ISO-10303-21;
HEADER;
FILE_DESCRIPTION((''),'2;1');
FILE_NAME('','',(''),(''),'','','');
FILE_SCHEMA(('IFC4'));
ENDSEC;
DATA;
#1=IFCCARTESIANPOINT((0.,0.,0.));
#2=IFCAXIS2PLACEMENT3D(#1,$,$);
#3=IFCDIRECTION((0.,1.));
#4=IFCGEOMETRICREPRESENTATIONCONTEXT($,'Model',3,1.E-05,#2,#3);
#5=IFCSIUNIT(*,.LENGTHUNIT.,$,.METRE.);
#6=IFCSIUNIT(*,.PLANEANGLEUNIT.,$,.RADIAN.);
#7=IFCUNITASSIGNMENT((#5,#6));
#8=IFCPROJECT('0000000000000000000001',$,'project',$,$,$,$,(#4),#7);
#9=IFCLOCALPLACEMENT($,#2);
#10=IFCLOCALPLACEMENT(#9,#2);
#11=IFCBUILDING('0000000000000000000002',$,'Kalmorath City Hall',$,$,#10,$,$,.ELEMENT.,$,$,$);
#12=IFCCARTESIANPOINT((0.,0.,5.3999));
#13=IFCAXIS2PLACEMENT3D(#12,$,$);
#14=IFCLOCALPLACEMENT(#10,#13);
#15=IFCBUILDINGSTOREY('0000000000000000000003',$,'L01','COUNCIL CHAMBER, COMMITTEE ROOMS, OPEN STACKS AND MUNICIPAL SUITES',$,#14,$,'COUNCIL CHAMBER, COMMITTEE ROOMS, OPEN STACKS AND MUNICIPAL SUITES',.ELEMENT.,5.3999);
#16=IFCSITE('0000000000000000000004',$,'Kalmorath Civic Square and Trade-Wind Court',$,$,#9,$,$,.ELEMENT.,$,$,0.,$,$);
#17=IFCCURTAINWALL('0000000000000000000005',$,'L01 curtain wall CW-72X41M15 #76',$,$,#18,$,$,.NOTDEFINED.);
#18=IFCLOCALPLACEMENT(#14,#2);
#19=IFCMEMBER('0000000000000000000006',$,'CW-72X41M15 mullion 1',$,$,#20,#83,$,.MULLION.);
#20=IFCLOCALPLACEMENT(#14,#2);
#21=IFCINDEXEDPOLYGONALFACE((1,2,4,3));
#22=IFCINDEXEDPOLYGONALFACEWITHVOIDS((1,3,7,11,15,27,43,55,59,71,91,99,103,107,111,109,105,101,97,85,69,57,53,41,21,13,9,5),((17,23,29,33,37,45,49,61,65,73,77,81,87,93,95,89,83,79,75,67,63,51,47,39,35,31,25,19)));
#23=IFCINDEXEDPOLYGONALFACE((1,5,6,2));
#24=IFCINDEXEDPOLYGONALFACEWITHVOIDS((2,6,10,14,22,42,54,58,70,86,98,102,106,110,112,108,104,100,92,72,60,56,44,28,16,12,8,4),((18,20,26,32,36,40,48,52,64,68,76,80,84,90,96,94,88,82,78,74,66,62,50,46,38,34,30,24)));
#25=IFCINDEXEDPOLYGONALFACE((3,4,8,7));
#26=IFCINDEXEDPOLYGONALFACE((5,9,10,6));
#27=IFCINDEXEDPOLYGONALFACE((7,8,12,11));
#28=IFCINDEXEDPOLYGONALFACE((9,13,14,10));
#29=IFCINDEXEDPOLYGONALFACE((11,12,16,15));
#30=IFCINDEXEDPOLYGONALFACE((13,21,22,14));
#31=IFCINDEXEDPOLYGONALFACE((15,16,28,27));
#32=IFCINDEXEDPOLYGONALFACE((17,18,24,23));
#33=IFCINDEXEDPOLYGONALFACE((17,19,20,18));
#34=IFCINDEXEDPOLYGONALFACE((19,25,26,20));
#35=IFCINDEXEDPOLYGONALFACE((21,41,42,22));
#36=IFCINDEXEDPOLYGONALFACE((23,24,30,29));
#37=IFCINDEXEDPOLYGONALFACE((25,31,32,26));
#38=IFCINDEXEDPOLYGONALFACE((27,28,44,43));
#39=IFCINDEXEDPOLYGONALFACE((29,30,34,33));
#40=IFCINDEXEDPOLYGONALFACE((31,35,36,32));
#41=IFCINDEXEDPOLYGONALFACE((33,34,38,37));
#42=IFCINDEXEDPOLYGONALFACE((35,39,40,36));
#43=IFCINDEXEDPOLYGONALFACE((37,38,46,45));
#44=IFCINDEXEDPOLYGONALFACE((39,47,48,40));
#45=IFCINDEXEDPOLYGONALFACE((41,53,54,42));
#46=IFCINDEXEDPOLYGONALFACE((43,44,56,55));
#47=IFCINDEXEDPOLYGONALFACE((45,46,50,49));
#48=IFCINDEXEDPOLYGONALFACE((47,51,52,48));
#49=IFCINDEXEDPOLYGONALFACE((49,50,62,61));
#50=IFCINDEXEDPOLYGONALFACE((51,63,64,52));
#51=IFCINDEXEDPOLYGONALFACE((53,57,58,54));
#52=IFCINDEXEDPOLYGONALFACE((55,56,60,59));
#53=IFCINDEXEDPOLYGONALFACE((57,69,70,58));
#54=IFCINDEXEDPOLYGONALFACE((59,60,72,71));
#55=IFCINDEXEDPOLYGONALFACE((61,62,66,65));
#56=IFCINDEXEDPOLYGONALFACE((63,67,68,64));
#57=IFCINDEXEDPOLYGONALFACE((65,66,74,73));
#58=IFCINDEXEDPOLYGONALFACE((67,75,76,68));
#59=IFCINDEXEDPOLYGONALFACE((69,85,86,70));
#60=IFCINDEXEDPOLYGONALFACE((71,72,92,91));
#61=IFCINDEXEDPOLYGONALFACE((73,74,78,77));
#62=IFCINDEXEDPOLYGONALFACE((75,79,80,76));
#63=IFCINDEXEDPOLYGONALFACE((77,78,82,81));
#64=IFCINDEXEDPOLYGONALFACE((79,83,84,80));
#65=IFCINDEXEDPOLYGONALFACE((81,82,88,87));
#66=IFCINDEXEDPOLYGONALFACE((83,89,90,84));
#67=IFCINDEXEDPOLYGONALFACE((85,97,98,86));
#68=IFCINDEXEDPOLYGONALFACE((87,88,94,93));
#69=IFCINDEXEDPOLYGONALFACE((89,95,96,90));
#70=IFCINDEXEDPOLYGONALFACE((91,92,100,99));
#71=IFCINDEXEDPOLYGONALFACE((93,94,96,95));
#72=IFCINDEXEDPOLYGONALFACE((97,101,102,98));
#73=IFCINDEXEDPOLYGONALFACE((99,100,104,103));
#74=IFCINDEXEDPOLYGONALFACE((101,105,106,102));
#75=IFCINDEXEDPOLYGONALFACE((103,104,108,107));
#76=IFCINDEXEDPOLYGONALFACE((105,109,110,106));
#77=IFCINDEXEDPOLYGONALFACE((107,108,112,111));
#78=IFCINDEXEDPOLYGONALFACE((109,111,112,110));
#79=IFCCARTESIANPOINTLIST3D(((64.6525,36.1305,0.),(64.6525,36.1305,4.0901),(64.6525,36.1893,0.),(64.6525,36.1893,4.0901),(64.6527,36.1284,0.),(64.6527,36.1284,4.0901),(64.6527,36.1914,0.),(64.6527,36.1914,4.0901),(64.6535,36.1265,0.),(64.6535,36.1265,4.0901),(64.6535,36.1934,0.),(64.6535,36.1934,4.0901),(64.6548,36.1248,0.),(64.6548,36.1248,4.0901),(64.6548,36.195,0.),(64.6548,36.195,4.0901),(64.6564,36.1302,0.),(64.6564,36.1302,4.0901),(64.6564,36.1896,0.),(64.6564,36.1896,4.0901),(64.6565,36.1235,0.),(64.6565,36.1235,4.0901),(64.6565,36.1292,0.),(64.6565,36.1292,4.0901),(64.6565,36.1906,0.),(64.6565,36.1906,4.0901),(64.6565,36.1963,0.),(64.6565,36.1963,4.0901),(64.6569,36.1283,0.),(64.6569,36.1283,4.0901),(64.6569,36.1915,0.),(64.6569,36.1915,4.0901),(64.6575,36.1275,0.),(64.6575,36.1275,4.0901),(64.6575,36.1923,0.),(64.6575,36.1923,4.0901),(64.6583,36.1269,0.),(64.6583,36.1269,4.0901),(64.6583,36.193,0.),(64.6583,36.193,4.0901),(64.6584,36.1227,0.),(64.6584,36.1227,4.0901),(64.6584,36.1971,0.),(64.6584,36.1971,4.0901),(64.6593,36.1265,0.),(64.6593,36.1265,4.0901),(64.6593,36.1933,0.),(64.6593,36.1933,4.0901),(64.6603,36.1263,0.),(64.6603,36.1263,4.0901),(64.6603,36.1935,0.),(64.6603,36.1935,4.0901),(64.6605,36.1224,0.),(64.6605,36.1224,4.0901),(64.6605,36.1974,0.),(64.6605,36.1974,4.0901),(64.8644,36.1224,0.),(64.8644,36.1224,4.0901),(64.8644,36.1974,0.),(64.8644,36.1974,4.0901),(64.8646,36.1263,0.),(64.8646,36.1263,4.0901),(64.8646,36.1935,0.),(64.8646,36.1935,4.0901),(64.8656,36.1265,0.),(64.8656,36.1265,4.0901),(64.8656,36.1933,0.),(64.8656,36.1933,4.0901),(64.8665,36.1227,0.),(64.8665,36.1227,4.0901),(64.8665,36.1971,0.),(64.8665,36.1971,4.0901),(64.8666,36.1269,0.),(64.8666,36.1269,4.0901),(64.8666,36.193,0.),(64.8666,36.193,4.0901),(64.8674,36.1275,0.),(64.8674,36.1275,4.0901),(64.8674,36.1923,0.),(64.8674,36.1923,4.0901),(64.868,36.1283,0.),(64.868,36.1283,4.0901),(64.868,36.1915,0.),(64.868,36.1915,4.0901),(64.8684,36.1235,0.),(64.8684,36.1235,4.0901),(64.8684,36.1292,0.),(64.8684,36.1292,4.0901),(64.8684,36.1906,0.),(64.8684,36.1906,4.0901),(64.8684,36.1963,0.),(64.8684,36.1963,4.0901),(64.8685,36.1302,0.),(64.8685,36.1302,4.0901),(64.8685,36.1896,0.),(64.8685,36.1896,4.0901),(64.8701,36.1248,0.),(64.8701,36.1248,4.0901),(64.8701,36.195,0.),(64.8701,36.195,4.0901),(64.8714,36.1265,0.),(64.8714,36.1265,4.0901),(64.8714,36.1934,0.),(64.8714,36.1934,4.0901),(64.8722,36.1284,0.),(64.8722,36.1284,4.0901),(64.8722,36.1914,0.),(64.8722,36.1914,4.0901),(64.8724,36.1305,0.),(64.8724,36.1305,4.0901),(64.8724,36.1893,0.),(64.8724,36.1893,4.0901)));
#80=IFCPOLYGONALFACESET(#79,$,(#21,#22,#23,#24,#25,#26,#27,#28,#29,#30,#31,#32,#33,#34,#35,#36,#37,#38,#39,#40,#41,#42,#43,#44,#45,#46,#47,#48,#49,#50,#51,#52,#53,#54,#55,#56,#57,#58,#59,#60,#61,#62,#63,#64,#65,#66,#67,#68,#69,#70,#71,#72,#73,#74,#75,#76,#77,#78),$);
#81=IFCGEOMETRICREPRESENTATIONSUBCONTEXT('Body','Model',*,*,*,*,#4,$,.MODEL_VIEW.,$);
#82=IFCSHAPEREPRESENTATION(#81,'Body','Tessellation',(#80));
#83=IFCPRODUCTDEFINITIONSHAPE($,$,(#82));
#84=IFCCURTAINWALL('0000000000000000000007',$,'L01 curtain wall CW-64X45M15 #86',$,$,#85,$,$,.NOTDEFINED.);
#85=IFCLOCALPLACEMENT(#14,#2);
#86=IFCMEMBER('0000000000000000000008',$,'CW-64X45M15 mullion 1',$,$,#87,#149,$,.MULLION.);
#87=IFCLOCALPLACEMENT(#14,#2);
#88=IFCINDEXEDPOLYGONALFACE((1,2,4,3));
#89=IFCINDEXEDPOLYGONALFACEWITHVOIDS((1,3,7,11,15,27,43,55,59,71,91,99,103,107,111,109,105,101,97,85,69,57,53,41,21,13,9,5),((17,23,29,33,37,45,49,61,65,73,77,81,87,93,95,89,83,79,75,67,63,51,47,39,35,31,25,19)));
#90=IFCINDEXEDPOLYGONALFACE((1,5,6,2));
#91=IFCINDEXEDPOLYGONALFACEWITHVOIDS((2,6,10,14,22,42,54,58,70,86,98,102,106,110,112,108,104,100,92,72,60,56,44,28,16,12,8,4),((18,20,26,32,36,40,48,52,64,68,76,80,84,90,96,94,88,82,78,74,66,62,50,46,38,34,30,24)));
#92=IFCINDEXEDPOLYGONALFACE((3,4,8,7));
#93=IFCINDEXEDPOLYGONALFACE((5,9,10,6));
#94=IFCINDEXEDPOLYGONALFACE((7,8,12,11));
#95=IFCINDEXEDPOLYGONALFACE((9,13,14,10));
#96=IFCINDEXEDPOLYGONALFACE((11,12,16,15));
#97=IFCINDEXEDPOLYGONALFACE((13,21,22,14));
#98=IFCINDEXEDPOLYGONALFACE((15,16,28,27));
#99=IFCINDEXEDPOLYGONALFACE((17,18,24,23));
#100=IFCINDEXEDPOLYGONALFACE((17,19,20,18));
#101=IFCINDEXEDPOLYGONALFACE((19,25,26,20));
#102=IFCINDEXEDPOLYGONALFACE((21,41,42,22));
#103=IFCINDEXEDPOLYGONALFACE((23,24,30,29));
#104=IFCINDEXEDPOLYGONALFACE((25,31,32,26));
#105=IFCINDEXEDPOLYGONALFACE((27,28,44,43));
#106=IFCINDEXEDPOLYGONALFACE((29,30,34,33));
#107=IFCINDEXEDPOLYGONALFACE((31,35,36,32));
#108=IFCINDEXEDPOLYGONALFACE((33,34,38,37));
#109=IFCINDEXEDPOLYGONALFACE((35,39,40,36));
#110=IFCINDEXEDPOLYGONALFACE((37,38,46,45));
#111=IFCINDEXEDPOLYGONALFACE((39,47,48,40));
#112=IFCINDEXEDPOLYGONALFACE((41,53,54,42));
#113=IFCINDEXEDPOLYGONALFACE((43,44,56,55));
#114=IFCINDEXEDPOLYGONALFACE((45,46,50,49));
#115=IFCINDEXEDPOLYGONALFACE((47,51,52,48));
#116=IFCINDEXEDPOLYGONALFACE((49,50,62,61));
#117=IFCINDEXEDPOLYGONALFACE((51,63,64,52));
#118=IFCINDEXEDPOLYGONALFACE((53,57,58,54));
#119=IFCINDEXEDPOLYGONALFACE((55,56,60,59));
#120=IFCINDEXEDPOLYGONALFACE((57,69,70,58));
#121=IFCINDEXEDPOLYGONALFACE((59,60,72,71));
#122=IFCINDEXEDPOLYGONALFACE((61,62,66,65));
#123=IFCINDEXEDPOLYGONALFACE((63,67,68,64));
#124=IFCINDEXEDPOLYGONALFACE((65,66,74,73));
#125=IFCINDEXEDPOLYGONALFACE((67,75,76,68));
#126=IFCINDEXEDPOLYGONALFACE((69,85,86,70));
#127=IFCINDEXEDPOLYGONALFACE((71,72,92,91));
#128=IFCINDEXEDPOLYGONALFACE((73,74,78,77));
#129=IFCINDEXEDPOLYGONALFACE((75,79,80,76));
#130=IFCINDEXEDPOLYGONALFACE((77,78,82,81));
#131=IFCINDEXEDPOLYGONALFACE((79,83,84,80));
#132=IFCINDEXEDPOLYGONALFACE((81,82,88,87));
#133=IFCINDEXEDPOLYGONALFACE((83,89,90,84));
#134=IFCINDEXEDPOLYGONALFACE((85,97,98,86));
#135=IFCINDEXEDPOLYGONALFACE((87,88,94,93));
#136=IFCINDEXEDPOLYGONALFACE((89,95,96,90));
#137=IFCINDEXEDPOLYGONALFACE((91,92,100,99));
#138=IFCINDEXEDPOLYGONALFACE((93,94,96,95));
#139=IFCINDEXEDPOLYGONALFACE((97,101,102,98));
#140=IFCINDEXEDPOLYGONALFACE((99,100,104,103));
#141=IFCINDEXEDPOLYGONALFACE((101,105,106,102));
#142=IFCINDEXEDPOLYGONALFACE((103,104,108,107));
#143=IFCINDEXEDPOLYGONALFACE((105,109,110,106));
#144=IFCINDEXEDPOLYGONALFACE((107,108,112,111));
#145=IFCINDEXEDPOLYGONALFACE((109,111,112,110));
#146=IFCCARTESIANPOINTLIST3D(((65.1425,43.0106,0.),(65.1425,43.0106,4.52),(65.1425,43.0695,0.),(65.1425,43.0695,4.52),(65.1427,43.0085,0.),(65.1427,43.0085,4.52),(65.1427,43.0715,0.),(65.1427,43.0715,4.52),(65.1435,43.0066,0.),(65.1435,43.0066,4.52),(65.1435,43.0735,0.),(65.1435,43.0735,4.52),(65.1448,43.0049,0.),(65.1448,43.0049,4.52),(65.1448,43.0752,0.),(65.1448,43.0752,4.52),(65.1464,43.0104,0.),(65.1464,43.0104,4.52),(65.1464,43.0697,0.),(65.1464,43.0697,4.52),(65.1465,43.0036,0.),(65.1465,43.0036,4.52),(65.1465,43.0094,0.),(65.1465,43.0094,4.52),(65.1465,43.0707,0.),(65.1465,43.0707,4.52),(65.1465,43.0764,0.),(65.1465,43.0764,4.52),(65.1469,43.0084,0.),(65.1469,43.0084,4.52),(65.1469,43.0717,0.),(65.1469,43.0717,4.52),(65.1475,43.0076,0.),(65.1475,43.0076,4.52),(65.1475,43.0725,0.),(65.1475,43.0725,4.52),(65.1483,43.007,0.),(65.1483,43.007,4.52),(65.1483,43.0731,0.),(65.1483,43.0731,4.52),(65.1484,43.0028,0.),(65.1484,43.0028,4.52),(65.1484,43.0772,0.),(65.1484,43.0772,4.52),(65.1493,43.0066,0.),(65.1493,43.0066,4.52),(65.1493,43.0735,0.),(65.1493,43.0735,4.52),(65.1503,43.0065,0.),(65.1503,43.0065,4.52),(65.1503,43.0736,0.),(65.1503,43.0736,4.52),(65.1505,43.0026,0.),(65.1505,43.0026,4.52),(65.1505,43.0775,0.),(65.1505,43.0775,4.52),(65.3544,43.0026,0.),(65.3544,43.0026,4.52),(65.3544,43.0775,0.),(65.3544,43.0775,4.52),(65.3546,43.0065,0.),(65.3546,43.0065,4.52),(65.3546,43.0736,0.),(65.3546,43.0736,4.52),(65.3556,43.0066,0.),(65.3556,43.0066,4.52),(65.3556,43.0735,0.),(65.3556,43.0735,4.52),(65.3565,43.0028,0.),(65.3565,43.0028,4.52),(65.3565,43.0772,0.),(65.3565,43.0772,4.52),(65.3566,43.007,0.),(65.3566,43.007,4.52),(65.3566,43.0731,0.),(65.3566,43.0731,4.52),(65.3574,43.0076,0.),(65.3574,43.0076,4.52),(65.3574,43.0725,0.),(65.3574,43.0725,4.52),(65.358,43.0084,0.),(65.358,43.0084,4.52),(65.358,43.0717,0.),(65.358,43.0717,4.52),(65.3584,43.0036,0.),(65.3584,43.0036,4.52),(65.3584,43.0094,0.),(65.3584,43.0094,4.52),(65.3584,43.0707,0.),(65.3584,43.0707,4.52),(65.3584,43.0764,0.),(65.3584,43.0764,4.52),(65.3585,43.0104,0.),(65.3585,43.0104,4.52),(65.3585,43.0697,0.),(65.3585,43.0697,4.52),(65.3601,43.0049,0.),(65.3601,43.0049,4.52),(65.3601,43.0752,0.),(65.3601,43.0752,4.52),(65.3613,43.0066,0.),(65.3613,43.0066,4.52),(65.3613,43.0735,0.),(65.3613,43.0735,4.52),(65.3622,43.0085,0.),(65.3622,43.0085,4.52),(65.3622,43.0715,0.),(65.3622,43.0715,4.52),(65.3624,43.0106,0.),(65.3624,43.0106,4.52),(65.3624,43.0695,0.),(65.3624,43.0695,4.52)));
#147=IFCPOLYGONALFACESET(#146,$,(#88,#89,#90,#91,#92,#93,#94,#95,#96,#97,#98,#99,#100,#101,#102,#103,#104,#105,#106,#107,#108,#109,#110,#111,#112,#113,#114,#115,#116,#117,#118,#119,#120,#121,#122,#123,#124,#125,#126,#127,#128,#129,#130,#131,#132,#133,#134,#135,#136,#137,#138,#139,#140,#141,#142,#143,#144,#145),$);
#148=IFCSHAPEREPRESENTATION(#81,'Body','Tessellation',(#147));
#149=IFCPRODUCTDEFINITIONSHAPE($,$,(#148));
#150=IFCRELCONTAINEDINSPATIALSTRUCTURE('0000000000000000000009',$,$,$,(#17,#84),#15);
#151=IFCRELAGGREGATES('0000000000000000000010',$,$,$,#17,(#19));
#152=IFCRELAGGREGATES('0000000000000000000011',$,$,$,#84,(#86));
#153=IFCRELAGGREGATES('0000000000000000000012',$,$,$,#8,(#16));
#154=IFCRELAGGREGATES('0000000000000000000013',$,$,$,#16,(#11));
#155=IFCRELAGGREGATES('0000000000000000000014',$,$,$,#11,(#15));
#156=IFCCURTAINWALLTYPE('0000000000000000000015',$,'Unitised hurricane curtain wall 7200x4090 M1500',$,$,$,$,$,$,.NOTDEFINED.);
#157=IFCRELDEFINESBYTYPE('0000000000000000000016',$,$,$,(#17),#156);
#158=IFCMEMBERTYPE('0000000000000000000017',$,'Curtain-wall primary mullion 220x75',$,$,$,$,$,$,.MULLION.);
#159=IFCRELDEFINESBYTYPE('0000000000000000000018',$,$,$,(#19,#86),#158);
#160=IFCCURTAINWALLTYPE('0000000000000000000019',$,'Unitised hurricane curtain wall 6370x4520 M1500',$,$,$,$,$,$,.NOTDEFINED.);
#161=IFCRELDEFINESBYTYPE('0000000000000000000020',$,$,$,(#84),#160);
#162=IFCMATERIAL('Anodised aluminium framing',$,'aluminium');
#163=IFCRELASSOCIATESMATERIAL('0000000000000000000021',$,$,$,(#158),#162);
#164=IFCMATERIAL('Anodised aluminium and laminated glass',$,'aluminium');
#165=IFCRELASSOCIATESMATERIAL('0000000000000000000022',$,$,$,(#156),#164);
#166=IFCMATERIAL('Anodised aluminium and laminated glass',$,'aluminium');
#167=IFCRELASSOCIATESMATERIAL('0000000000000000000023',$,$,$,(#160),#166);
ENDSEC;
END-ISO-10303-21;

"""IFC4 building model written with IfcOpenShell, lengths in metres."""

from ifc_helpers import new_model, si_unit, direction, frame, origin, origin_2d, place, context, subcontext, project, spatial, hollow_rectangle, extrude, material, material_profile, profile_set, type_object, element, aggregate, save


model = new_model("IFC4")

# Units and contexts
model_context = context("Model", 3, precision=1e-05, world=origin(), true_north=direction((0.0, 1.0)))
body_context = subcontext(model_context, "Body", "Model", "MODEL_VIEW")
ifc_project = project(units=[si_unit("LENGTHUNIT", "METRE"), si_unit("PLANEANGLEUNIT", "RADIAN")], contexts=[model_context])

# Site, building, storey
site_placement = place(None, origin())
site = spatial("IfcSite", under=ifc_project, at=site_placement, Name="Kalmorath Civic Square and Trade-Wind Court", CompositionType="ELEMENT", RefElevation=0.0)
building_placement = place(site_placement, origin())
building = spatial("IfcBuilding", under=site, at=building_placement, Name="Kalmorath City Hall", CompositionType="ELEMENT")
storey_placement = place(building_placement, frame((0.0, 0.0, 5.3999)))
storey = spatial("IfcBuildingStorey", under=building, at=storey_placement, Name="L01", Description="COUNCIL CHAMBER, COMMITTEE ROOMS, OPEN STACKS AND MUNICIPAL SUITES", LongName="COUNCIL CHAMBER, COMMITTEE ROOMS, OPEN STACKS AND MUNICIPAL SUITES", CompositionType="ELEMENT", Elevation=5.3999)

# Shared definitions
ifc_material_1 = material(Name="Anodised aluminium framing", Category="aluminium")
ifc_material_profile_1 = material_profile(ifc_material_1, hollow_rectangle(XDim=0.075, YDim=0.22, WallThickness=0.0039, InnerFilletRadius=0.0039, OuterFilletRadius=0.0081, at=origin_2d()), Name="ALU-MUL-220X75X4")
ifc_profile_set_1 = profile_set([ifc_material_profile_1], Name="Anodised aluminium framing")
member_type_1 = type_object("IfcMemberType", Name="Curtain-wall primary mullion 220x75", PredefinedType="MULLION", material=ifc_profile_set_1)

# Curtain wall, member
ifc_material_2 = material(Name="Anodised aluminium and laminated glass", Category="aluminium")
curtain_wall_type_1 = type_object("IfcCurtainWallType", Name="Unitised hurricane curtain wall 7200x4090 M1500", PredefinedType="NOTDEFINED", material=ifc_material_2)
curtain_wall_1_placement = place(storey_placement, origin())
curtain_wall_1 = element("IfcCurtainWall", 1, at=curtain_wall_1_placement, inside=storey, type_object=curtain_wall_type_1, Name="L01 curtain wall CW-72X41M15 #76", PredefinedType="NOTDEFINED")
member_1_placement = place(storey_placement, frame((64.7625, 36.1599, 0.0), z_axis=(0.0, 0.0, 1.0), x_axis=(0.0, -1.0, 0.0)))
member_1 = element("IfcMember", 2, at=member_1_placement, type_object=member_type_1, Name="CW-72X41M15 mullion 1", PredefinedType="MULLION", context=body_context, shape_type="SweptSolid", body=[
    extrude(hollow_rectangle(XDim=0.075, YDim=0.22, WallThickness=0.0039, InnerFilletRadius=0.0039, OuterFilletRadius=0.0081, at=origin_2d()), origin(), (0.0, 0.0, 1.0), 4.0901),
])

# Curtain wall, member
ifc_material_3 = material(Name="Anodised aluminium and laminated glass", Category="aluminium")
curtain_wall_type_2 = type_object("IfcCurtainWallType", Name="Unitised hurricane curtain wall 6370x4520 M1500", PredefinedType="NOTDEFINED", material=ifc_material_3)
curtain_wall_2_placement = place(storey_placement, origin())
curtain_wall_2 = element("IfcCurtainWall", 3, at=curtain_wall_2_placement, inside=storey, type_object=curtain_wall_type_2, Name="L01 curtain wall CW-64X45M15 #86", PredefinedType="NOTDEFINED")
member_2_placement = place(storey_placement, frame((65.2524, 43.04, 0.0), z_axis=(0.0, 0.0, 1.0), x_axis=(0.0, 1.0, 0.0)))
member_2 = element("IfcMember", 4, at=member_2_placement, type_object=member_type_1, Name="CW-64X45M15 mullion 1", PredefinedType="MULLION", context=body_context, shape_type="SweptSolid", body=[
    extrude(hollow_rectangle(XDim=0.075, YDim=0.22, WallThickness=0.0039, InnerFilletRadius=0.0039, OuterFilletRadius=0.0081, at=origin_2d()), origin(), (0.0, 0.0, 1.0), 4.52),
])

aggregate(curtain_wall_1, [member_1])

aggregate(curtain_wall_2, [member_2])

save(model, "model.ifc")
